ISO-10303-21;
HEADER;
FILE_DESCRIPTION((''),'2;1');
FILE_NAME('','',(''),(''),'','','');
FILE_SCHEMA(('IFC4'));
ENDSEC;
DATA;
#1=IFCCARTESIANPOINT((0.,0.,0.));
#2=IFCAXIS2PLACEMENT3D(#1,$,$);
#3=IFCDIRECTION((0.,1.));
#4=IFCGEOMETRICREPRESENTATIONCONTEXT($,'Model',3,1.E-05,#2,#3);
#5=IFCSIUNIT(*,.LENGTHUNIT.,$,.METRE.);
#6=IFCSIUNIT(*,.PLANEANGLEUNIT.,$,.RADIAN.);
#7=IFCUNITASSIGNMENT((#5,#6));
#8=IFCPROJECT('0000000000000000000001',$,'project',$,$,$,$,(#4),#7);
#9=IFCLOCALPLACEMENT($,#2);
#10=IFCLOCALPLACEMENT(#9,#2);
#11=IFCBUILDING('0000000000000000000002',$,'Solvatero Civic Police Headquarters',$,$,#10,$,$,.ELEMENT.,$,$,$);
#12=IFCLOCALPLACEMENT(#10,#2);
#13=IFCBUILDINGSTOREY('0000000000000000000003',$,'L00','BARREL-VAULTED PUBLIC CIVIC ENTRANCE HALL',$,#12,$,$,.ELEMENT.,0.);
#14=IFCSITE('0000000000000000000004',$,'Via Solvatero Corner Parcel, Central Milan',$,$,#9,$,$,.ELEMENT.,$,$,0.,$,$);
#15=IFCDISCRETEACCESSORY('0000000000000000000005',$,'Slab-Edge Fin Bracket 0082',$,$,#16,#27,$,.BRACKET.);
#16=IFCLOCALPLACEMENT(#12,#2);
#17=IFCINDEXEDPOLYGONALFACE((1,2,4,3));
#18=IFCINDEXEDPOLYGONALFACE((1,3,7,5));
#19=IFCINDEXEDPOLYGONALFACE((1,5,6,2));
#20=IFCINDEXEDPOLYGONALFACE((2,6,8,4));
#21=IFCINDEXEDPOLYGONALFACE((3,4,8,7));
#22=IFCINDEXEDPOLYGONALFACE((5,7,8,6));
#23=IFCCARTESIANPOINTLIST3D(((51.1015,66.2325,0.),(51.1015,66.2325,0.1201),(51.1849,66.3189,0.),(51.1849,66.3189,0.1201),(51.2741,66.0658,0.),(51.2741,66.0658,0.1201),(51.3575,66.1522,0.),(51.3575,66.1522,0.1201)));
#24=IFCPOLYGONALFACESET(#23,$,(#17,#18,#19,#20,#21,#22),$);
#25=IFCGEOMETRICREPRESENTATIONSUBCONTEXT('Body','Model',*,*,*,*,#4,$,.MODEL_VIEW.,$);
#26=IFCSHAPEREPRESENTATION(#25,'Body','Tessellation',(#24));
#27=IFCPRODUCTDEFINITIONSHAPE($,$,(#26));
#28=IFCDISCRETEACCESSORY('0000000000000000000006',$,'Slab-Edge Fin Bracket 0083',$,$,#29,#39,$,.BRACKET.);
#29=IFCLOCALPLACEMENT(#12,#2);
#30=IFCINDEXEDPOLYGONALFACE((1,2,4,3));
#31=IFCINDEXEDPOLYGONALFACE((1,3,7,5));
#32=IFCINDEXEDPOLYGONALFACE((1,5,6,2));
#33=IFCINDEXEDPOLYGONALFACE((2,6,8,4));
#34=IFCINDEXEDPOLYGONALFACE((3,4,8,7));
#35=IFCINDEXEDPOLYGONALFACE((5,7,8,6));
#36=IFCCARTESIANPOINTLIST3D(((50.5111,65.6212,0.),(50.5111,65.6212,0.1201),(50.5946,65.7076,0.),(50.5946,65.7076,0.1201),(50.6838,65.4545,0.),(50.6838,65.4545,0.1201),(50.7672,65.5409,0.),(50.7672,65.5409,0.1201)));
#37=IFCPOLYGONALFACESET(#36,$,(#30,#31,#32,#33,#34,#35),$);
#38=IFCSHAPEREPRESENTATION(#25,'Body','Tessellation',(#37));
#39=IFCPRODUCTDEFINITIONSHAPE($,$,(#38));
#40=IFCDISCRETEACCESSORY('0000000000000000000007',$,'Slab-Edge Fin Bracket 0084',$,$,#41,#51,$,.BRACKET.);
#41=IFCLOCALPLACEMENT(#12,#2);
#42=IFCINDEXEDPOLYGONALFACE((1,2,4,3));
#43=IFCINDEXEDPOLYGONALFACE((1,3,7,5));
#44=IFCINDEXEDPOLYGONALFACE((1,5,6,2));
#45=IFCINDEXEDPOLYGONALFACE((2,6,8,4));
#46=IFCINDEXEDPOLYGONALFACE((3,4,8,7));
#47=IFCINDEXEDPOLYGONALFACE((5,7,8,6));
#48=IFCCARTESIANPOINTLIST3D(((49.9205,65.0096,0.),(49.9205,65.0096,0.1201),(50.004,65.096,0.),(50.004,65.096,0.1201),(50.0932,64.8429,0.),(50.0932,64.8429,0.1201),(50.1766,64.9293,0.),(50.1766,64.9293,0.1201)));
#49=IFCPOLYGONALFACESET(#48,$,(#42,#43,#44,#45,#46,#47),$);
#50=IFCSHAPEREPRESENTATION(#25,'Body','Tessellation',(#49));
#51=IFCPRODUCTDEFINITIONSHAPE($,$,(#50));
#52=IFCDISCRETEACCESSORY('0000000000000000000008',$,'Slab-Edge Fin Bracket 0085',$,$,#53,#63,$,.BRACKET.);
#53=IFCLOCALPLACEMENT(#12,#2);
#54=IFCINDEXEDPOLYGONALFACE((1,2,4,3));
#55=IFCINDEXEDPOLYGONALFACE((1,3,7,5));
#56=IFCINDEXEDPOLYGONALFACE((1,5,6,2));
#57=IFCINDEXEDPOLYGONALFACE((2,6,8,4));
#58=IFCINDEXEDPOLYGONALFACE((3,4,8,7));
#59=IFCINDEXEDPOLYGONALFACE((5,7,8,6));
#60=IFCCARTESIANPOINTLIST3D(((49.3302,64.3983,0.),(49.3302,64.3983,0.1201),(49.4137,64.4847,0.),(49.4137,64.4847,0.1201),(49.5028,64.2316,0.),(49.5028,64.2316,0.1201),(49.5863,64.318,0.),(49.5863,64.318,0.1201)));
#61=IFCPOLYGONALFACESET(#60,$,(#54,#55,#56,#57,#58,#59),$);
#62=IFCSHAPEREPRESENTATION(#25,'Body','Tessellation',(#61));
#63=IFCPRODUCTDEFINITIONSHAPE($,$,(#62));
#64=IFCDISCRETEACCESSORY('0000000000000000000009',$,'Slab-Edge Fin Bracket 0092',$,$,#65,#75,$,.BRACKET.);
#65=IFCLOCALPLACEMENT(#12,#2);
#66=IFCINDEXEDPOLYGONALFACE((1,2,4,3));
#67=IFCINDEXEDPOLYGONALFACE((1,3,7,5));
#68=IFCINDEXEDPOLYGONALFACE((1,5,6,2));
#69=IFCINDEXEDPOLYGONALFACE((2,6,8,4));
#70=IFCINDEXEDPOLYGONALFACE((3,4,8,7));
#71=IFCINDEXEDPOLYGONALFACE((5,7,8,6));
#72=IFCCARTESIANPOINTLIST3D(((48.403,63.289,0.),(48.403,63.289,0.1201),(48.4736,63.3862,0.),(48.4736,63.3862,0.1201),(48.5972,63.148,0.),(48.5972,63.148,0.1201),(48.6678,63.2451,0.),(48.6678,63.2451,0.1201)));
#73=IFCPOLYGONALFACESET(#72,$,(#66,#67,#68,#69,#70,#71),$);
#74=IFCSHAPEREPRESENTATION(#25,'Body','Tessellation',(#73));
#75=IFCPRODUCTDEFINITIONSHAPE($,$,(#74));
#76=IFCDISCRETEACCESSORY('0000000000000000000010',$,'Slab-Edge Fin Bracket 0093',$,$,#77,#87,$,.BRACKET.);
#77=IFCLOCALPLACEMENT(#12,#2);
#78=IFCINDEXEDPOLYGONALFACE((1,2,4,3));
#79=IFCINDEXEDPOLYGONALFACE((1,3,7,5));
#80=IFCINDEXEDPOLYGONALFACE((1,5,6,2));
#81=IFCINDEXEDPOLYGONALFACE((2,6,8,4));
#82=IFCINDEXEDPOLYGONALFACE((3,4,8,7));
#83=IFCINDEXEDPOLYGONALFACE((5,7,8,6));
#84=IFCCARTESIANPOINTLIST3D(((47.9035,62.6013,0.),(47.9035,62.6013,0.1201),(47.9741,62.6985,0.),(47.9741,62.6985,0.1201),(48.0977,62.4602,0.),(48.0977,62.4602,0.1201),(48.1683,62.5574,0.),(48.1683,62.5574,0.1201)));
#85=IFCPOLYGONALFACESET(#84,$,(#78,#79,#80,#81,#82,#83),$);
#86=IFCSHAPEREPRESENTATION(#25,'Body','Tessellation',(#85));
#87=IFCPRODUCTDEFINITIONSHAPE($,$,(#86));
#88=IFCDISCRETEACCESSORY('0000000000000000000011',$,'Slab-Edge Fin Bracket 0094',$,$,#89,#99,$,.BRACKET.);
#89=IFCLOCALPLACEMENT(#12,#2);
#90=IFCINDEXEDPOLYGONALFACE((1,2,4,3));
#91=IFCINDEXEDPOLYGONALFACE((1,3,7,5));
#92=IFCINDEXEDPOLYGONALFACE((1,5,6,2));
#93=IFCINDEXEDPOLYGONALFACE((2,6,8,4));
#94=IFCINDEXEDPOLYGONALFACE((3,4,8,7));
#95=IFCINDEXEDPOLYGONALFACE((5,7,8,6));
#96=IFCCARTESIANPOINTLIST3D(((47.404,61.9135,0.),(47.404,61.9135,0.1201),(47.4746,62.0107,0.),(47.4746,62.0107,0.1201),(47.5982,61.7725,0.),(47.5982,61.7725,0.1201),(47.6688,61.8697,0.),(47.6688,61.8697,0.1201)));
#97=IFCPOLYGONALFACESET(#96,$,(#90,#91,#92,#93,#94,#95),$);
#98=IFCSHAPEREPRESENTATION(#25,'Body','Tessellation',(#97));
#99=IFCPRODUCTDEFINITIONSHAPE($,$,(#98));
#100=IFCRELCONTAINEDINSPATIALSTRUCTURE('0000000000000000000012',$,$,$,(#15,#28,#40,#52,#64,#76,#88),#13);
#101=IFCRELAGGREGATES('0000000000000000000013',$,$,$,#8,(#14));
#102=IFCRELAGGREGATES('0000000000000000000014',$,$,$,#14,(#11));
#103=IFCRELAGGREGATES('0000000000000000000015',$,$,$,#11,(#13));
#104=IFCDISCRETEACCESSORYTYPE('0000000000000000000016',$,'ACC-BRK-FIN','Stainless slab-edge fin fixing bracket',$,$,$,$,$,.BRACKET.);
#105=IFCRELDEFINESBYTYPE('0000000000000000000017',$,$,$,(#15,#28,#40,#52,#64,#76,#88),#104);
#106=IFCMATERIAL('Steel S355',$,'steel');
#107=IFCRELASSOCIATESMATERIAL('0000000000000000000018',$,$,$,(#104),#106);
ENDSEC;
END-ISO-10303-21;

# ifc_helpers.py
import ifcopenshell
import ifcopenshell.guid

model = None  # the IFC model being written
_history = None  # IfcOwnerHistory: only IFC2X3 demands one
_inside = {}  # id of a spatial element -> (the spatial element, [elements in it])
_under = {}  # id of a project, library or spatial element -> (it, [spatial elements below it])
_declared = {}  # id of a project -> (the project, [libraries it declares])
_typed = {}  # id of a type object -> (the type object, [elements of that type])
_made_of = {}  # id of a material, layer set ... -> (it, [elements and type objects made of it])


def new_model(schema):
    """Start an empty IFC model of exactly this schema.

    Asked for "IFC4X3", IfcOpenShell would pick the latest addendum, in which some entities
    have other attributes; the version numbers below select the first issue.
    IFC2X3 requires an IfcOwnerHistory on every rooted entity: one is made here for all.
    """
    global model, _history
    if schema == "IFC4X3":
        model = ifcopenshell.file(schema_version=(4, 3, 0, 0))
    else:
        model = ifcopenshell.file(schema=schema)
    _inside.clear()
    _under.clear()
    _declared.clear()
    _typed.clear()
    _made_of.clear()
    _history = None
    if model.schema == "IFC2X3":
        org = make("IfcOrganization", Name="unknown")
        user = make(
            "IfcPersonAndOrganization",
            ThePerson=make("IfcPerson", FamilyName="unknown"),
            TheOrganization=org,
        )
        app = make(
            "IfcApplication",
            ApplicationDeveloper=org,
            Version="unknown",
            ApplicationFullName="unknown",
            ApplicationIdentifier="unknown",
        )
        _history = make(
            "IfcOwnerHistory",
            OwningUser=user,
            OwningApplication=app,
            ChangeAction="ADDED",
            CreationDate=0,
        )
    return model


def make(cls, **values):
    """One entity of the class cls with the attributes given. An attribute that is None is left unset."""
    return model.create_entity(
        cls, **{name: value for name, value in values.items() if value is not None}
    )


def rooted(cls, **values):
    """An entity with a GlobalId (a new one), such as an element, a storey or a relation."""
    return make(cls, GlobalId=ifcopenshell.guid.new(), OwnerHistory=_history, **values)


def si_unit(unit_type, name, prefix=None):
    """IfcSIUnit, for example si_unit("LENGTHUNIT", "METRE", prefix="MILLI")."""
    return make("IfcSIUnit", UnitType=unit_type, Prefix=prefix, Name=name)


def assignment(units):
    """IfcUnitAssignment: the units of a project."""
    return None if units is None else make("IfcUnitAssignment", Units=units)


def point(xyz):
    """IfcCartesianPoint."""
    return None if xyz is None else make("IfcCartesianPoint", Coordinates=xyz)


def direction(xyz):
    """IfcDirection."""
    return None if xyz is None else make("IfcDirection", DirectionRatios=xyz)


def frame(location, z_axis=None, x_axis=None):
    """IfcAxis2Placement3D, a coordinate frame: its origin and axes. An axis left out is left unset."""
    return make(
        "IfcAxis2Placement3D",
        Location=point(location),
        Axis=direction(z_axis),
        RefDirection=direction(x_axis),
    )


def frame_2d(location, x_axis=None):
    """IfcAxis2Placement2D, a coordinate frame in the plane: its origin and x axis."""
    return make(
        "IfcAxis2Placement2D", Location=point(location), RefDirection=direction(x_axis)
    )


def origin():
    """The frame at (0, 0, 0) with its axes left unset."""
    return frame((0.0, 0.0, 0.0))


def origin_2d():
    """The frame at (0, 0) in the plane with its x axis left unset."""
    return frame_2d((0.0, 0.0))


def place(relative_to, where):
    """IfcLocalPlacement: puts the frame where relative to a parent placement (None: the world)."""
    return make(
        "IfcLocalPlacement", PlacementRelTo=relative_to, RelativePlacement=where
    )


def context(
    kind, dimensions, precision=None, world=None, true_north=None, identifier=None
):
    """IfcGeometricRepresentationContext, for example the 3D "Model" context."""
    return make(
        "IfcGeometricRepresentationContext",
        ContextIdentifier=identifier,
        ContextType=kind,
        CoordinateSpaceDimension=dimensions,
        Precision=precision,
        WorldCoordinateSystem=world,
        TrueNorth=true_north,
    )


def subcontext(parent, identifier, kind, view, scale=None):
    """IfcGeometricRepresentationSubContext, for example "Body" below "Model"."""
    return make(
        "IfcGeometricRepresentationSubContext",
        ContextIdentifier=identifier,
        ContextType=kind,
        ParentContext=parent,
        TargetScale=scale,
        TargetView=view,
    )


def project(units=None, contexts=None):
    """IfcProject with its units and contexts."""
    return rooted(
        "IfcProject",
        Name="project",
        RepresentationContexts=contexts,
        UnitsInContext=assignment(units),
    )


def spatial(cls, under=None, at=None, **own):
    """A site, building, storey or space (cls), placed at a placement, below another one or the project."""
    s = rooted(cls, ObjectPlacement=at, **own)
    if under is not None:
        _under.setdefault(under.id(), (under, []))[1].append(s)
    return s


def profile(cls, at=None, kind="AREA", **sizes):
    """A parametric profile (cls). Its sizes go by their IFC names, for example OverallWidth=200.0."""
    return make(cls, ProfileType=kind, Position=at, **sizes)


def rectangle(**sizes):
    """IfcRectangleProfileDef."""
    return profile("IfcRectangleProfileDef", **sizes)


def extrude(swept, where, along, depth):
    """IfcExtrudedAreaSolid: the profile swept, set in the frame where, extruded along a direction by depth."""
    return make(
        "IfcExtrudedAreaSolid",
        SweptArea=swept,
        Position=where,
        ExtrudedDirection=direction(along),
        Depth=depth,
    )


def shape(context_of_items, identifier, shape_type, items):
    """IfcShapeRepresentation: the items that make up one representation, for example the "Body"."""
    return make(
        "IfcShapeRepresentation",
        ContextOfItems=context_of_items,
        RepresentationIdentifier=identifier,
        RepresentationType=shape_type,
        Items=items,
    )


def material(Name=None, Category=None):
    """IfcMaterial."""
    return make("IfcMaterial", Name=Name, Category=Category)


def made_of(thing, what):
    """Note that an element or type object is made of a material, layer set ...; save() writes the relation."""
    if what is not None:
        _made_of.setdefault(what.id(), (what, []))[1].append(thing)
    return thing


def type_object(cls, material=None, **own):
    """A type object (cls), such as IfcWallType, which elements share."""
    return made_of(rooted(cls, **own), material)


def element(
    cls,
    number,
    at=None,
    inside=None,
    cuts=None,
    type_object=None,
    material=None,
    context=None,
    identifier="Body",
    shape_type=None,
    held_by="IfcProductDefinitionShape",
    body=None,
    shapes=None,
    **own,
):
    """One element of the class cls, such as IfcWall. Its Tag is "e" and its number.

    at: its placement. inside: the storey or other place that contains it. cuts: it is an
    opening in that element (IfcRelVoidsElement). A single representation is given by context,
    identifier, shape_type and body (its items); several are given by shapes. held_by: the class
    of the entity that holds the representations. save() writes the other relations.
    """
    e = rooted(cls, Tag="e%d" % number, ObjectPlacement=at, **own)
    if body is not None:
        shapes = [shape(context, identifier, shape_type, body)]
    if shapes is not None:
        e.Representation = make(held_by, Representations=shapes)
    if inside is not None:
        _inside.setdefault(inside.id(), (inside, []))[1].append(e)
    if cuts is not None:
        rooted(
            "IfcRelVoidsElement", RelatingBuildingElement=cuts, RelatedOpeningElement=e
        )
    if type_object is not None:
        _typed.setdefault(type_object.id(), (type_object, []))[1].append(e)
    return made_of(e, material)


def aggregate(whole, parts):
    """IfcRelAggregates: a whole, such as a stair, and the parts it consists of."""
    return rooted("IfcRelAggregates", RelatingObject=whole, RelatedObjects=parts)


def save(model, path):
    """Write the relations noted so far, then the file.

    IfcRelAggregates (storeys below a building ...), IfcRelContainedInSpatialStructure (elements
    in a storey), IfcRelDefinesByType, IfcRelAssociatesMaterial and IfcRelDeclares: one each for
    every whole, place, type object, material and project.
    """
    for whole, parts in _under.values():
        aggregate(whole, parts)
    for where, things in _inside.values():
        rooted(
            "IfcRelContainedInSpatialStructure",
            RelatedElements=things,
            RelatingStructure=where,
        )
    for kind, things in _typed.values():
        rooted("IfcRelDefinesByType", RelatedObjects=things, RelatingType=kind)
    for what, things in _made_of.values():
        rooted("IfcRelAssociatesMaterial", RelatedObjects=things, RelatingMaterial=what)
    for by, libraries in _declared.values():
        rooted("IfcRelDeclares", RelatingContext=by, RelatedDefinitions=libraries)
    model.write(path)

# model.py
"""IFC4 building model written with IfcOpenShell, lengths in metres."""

from ifc_helpers import new_model, si_unit, direction, frame, origin, origin_2d, place, context, subcontext, project, spatial, rectangle, extrude, material, type_object, element, save


model = new_model("IFC4")

# Units and contexts
model_context = context("Model", 3, precision=1e-05, world=origin(), true_north=direction((0.0, 1.0)))
body_context = subcontext(model_context, "Body", "Model", "MODEL_VIEW")
ifc_project = project(units=[si_unit("LENGTHUNIT", "METRE"), si_unit("PLANEANGLEUNIT", "RADIAN")], contexts=[model_context])

# Site, building, storey
site_placement = place(None, origin())
site = spatial("IfcSite", under=ifc_project, at=site_placement, Name="Via Solvatero Corner Parcel, Central Milan", CompositionType="ELEMENT", RefElevation=0.0)
building_placement = place(site_placement, origin())
building = spatial("IfcBuilding", under=site, at=building_placement, Name="Solvatero Civic Police Headquarters", CompositionType="ELEMENT")
storey_placement = place(building_placement, origin())
storey = spatial("IfcBuildingStorey", under=building, at=storey_placement, Name="L00", Description="BARREL-VAULTED PUBLIC CIVIC ENTRANCE HALL", CompositionType="ELEMENT", Elevation=0.0)

# Shared definitions
ifc_material_1 = material(Name="Steel S355", Category="steel")

# Discrete accessories
discrete_accessory_type = type_object("IfcDiscreteAccessoryType", Name="ACC-BRK-FIN", Description="Stainless slab-edge fin fixing bracket", PredefinedType="BRACKET", material=ifc_material_1)
for number, where, z_axis, x_axis, name in (
    (1, (51.2295, 66.1924, 0.0), (0.0, 0.0, 1.0), (-0.694658, -0.71934, 0.0), "Slab-Edge Fin Bracket 0082"),
    (2, (50.6392, 65.5811, 0.0), (0.0, 0.0, 1.0), (-0.694658, -0.71934, 0.0), "Slab-Edge Fin Bracket 0083"),
    (3, (50.0486, 64.9695, 0.0), (0.0, 0.0, 1.0), (-0.694658, -0.71934, 0.0), "Slab-Edge Fin Bracket 0084"),
    (4, (49.4583, 64.3582, 0.0), (0.0, 0.0, 1.0), (-0.694658, -0.71934, 0.0), "Slab-Edge Fin Bracket 0085"),
    (5, (48.5354, 63.2671, 0.0), (0.0, 0.0, 1.0), (-0.587785, -0.809017, 0.0), "Slab-Edge Fin Bracket 0092"),
    (6, (48.0359, 62.5793, 0.0), (0.0, 0.0, 1.0), (-0.587785, -0.809017, 0.0), "Slab-Edge Fin Bracket 0093"),
    (7, (47.5364, 61.8916, 0.0), (0.0, 0.0, 1.0), (-0.587785, -0.809017, 0.0), "Slab-Edge Fin Bracket 0094"),
):
    element("IfcDiscreteAccessory", number, at=place(storey_placement, frame(where, z_axis=z_axis, x_axis=x_axis)), inside=storey, type_object=discrete_accessory_type, Name=name, PredefinedType="BRACKET", context=body_context, shape_type="SweptSolid", body=[
        extrude(rectangle(XDim=0.1201, YDim=0.24, at=origin_2d()), origin(), (0.0, 0.0, 1.0), 0.1201),
    ])

save(model, "model.ifc")
